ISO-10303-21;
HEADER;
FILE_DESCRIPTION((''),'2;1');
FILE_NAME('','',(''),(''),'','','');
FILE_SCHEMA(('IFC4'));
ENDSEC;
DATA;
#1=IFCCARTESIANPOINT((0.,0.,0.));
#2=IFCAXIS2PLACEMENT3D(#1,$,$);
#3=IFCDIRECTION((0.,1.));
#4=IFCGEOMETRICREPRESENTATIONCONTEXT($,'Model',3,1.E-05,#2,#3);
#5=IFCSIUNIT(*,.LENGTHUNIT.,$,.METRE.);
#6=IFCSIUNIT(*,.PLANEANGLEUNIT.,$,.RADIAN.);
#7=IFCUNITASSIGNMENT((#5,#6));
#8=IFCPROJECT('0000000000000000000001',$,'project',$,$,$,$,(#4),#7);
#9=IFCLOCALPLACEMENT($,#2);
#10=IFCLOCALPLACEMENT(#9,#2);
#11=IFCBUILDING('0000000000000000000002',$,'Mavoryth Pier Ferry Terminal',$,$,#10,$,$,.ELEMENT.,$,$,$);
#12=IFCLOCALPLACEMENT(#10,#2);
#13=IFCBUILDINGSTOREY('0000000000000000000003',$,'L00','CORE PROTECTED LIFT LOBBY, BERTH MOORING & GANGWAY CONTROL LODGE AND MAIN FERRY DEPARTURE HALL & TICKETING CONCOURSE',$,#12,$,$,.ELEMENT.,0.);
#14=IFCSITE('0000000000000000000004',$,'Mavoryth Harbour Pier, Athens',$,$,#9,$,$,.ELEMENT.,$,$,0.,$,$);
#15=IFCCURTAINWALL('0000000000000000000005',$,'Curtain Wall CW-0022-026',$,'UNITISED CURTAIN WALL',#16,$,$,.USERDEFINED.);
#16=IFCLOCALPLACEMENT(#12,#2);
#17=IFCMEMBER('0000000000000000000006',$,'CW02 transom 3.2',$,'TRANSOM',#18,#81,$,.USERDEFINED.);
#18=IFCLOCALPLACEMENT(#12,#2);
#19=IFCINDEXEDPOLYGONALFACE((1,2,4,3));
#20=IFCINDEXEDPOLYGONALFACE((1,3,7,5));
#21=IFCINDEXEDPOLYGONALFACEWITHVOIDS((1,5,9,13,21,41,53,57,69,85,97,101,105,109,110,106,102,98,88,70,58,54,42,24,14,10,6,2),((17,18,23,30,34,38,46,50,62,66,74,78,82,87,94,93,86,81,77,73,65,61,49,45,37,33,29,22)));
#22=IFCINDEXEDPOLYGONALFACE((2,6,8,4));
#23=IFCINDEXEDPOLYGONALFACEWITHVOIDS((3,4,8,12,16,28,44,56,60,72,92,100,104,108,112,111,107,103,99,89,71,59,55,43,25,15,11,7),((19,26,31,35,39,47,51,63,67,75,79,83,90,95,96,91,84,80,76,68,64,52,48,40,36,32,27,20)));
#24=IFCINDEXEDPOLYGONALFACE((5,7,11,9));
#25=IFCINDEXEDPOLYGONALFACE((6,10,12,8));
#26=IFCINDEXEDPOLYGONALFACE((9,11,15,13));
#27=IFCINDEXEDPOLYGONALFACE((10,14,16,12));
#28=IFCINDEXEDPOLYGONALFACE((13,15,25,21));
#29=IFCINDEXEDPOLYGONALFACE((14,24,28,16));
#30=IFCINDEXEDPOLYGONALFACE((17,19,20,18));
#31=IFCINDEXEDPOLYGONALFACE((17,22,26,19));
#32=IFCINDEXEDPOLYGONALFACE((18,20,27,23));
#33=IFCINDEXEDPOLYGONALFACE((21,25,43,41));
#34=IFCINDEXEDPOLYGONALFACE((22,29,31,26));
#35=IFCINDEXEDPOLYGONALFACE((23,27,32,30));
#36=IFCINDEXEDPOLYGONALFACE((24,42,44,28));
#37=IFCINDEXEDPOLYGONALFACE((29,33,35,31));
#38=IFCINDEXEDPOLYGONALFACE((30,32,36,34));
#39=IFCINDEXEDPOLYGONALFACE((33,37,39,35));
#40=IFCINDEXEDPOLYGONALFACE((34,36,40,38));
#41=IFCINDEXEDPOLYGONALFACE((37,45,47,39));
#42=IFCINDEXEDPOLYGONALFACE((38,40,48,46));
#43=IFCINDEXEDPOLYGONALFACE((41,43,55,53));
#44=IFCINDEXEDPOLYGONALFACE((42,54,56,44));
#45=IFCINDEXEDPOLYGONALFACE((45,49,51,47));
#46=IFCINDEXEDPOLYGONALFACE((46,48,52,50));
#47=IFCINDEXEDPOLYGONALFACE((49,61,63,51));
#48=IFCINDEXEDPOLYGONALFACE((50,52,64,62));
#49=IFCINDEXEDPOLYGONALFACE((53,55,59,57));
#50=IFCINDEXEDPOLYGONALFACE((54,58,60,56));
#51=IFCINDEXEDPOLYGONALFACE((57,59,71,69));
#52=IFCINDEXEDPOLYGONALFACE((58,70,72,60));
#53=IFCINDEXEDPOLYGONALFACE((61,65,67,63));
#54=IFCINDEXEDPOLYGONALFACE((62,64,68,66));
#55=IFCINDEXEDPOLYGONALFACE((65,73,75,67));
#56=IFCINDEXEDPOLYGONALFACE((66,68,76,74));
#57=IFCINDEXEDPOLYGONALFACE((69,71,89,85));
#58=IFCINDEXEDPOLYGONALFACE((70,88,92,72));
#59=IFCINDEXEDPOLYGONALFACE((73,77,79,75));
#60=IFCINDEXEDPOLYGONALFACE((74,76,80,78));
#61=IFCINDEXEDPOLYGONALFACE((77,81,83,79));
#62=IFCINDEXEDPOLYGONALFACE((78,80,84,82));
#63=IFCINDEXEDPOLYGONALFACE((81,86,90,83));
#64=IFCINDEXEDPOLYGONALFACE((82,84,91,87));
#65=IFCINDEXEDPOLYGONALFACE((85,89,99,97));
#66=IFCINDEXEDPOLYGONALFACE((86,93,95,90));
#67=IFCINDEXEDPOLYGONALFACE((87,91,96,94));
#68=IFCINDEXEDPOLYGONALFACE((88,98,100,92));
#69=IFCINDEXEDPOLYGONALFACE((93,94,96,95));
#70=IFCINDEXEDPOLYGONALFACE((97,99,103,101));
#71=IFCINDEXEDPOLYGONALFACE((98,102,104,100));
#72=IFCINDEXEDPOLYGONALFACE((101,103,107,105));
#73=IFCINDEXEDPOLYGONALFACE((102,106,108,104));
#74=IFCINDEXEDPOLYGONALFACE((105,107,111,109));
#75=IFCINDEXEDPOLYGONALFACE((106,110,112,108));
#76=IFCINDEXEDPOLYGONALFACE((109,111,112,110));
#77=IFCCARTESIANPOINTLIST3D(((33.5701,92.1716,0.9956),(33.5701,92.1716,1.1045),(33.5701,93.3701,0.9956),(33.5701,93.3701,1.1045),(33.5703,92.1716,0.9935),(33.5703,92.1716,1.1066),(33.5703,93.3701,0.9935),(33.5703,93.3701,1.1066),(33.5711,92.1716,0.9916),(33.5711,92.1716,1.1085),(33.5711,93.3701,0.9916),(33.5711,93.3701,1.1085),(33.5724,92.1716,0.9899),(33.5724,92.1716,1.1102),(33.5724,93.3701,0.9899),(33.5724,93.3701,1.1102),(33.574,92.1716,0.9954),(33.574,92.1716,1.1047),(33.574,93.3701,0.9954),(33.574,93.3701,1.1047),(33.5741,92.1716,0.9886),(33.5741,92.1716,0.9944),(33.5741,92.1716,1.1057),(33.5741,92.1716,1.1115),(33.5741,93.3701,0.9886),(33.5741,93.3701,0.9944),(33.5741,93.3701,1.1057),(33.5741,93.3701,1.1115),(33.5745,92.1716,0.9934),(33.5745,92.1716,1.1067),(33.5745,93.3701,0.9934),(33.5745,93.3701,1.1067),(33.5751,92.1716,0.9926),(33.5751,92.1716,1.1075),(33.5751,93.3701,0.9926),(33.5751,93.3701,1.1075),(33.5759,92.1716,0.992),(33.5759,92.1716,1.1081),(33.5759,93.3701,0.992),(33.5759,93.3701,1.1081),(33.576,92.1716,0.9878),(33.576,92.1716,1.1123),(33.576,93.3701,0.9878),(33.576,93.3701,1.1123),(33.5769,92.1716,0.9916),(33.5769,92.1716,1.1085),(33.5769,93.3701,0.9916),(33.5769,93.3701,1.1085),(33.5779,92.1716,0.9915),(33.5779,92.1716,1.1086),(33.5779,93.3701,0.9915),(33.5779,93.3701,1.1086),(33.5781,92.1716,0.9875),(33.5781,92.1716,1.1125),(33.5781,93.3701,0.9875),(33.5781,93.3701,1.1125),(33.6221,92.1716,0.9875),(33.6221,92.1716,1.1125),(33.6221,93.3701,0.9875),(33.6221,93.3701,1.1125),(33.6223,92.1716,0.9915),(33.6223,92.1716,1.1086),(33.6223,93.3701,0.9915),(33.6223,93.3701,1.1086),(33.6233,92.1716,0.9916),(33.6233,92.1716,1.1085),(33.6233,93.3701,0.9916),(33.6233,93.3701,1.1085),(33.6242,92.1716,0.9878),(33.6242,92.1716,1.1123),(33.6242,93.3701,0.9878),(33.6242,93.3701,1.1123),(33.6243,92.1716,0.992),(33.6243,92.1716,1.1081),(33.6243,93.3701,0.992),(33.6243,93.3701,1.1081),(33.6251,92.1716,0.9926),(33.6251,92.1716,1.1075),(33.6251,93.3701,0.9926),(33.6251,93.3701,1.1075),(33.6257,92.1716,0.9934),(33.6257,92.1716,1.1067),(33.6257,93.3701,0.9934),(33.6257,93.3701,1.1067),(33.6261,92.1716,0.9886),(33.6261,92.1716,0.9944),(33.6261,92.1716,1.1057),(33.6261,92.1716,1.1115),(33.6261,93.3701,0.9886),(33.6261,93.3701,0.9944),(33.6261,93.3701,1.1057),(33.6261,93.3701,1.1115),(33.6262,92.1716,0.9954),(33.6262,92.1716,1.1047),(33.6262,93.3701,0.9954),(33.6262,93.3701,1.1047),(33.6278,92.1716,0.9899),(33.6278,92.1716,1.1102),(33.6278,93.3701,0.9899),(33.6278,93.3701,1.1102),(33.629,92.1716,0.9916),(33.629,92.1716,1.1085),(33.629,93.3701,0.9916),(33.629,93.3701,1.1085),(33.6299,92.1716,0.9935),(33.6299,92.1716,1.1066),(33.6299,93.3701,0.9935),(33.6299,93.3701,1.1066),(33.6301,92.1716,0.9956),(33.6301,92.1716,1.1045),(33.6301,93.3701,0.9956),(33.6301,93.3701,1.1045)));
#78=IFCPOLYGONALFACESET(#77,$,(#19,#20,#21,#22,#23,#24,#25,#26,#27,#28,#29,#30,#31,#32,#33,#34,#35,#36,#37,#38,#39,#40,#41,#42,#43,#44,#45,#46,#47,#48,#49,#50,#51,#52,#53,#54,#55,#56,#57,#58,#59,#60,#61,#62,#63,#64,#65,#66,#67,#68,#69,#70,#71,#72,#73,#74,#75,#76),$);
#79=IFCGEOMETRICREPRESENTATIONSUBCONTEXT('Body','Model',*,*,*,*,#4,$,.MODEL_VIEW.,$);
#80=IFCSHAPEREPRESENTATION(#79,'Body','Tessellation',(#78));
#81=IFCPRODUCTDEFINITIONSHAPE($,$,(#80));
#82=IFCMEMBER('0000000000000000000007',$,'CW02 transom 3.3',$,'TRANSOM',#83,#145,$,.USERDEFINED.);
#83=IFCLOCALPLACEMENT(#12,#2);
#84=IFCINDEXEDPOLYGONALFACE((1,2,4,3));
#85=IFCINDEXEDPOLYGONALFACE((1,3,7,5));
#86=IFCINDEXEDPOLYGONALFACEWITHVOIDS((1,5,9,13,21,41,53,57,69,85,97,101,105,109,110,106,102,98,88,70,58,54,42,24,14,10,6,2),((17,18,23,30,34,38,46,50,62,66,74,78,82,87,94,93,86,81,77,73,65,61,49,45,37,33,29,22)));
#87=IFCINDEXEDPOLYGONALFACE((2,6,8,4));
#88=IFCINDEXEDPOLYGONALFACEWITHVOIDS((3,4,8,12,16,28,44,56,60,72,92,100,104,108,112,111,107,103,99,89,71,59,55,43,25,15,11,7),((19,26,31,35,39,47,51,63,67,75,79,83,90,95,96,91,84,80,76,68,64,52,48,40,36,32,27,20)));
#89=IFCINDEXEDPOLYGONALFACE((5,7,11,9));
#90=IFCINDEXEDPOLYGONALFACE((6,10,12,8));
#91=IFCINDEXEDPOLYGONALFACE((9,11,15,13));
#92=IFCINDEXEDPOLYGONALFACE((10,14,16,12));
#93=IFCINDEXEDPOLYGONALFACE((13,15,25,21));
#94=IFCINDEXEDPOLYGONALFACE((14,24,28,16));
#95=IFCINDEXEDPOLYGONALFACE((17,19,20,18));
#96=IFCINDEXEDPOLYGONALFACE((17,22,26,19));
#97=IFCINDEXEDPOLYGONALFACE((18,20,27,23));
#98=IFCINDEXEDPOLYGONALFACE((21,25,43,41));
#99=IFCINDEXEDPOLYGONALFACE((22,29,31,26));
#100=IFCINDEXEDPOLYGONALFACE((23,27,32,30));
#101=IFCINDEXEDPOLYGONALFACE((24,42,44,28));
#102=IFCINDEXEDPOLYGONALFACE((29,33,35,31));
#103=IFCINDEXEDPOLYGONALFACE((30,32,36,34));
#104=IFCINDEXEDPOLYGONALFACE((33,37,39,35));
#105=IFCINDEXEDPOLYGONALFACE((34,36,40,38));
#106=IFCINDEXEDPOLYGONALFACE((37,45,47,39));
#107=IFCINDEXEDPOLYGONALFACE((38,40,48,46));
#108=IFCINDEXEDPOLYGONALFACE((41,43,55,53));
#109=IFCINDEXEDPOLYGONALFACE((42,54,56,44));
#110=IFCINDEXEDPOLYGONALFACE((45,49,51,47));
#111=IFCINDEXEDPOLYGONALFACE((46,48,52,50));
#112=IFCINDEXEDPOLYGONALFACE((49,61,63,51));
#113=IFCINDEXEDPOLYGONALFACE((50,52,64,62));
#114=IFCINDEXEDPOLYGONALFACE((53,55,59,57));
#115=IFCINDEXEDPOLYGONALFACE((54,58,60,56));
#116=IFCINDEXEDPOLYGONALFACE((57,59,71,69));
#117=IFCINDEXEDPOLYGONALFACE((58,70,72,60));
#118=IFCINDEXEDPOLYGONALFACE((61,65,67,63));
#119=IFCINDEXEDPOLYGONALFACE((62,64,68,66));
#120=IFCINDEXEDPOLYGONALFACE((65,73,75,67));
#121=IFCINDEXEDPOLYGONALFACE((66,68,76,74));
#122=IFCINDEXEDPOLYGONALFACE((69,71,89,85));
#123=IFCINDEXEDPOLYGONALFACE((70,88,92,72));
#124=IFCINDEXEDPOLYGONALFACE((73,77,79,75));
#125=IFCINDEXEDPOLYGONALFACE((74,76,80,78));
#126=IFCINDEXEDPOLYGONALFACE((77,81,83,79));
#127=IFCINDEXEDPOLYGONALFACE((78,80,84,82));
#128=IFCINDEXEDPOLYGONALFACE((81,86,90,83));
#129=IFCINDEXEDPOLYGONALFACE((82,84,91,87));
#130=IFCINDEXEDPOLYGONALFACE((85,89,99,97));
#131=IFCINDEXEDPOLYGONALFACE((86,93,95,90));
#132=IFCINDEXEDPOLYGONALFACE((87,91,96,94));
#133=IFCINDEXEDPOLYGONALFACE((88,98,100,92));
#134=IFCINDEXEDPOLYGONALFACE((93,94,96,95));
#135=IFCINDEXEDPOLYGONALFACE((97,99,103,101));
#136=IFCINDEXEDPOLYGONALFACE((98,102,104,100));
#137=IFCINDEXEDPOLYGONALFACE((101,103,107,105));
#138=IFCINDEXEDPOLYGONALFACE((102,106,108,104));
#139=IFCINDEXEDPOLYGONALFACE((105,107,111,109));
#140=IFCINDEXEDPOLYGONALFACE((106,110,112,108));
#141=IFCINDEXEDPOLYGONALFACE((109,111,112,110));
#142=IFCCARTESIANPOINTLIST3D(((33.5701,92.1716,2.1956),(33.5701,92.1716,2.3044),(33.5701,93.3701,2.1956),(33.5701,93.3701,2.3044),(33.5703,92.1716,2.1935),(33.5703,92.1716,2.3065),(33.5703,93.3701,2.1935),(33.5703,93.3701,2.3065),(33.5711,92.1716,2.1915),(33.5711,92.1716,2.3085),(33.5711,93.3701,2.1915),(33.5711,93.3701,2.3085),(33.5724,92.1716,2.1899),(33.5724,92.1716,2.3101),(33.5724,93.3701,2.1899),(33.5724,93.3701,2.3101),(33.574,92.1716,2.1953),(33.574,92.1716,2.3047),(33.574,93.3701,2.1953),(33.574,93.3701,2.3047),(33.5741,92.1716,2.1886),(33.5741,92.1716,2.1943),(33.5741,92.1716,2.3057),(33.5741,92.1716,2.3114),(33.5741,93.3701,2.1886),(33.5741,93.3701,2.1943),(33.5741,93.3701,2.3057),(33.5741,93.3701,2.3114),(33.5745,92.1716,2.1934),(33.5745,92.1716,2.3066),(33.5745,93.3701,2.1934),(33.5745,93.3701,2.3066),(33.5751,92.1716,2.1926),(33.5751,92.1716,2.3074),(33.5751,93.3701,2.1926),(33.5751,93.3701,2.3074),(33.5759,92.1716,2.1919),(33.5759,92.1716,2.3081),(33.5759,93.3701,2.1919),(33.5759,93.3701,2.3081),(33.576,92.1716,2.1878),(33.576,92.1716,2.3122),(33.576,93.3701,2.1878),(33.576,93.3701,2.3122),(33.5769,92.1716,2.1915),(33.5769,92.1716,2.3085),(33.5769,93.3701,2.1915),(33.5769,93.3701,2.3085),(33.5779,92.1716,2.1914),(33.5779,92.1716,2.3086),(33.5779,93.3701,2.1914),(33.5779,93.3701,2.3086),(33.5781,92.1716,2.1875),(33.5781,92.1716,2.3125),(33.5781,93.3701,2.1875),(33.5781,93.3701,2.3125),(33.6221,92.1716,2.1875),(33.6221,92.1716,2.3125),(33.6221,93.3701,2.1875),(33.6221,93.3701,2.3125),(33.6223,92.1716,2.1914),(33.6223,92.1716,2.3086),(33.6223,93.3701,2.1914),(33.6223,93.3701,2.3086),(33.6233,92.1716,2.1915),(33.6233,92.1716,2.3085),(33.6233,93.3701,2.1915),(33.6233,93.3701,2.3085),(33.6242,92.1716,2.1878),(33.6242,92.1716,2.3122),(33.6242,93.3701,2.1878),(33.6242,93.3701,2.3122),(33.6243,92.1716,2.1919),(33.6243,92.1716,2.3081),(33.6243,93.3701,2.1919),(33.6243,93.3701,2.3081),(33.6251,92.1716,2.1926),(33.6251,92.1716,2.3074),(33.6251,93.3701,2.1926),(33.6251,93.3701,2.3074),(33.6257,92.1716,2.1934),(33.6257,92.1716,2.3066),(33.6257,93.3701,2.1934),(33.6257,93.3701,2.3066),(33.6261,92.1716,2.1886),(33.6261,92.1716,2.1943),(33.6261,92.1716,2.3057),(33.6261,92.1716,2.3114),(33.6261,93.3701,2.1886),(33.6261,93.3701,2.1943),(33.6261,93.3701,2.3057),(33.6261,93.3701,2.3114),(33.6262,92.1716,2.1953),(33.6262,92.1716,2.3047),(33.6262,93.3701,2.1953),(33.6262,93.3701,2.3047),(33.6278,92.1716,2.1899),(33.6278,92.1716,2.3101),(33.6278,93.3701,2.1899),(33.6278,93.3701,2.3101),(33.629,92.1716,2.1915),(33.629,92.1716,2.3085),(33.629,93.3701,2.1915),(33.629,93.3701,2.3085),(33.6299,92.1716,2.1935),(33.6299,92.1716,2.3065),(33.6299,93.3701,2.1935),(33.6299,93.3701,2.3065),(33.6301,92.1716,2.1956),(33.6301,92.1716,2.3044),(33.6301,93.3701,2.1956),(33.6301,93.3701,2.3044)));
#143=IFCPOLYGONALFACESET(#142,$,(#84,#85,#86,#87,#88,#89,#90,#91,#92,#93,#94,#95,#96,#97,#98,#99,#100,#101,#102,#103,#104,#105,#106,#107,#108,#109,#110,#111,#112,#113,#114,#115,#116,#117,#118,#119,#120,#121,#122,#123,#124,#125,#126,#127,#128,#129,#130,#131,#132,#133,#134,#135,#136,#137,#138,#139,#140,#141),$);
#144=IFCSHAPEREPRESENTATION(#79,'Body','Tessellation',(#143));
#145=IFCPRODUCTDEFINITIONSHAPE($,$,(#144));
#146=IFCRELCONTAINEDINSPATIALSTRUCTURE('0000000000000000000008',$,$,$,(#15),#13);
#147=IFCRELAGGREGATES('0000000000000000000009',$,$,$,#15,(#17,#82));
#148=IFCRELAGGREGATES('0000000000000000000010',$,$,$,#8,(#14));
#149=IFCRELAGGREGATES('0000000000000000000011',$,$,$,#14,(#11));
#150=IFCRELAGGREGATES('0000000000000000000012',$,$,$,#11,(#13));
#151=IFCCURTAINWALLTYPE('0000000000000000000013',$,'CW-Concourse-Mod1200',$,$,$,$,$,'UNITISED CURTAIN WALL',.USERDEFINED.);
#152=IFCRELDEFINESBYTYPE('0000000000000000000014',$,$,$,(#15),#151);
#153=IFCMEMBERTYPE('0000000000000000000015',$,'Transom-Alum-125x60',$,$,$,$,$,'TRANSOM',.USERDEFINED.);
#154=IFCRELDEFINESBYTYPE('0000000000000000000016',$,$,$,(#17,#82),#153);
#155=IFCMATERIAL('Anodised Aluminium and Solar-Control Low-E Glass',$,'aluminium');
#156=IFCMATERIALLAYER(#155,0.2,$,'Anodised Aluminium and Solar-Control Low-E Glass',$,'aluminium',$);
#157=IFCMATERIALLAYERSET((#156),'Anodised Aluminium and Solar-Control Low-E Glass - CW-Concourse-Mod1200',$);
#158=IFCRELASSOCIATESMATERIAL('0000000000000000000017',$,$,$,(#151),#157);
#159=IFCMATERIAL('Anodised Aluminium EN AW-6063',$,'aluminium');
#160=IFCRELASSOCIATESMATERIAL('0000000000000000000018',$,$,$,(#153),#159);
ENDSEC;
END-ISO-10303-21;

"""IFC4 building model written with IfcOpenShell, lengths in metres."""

from ifc_helpers import new_model, si_unit, direction, frame, origin, origin_2d, place, context, subcontext, project, spatial, hollow_rectangle, extrude, material, layer, layer_set, material_profile, profile_set, type_object, element, aggregate, save


model = new_model("IFC4")

# Units and contexts
model_context = context("Model", 3, precision=1e-05, world=origin(), true_north=direction((0.0, 1.0)))
body_context = subcontext(model_context, "Body", "Model", "MODEL_VIEW")
ifc_project = project(units=[si_unit("LENGTHUNIT", "METRE"), si_unit("PLANEANGLEUNIT", "RADIAN")], contexts=[model_context])

# Site, building, storey
site_placement = place(None, origin())
site = spatial("IfcSite", under=ifc_project, at=site_placement, Name="Mavoryth Harbour Pier, Athens", CompositionType="ELEMENT", RefElevation=0.0)
building_placement = place(site_placement, origin())
building = spatial("IfcBuilding", under=site, at=building_placement, Name="Mavoryth Pier Ferry Terminal", CompositionType="ELEMENT")
storey_placement = place(building_placement, origin())
storey = spatial("IfcBuildingStorey", under=building, at=storey_placement, Name="L00", Description="CORE PROTECTED LIFT LOBBY, BERTH MOORING & GANGWAY CONTROL LODGE AND MAIN FERRY DEPARTURE HALL & TICKETING CONCOURSE", CompositionType="ELEMENT", Elevation=0.0)

# Curtain wall, members
ifc_material_1 = material(Name="Anodised Aluminium and Solar-Control Low-E Glass", Category="aluminium")
ifc_layer_1 = layer(ifc_material_1, 0.2, Name="Anodised Aluminium and Solar-Control Low-E Glass", Category="aluminium")
ifc_layer_set_1 = layer_set([ifc_layer_1], Name="Anodised Aluminium and Solar-Control Low-E Glass - CW-Concourse-Mod1200")
curtain_wall_type = type_object("IfcCurtainWallType", Name="CW-Concourse-Mod1200", ElementType="UNITISED CURTAIN WALL", PredefinedType="USERDEFINED", material=ifc_layer_set_1)
curtain_wall_placement = place(storey_placement, origin())
curtain_wall = element("IfcCurtainWall", 1, at=curtain_wall_placement, inside=storey, type_object=curtain_wall_type, Name="Curtain Wall CW-0022-026", ObjectType="UNITISED CURTAIN WALL", PredefinedType="USERDEFINED")
ifc_material_2 = material(Name="Anodised Aluminium EN AW-6063", Category="aluminium")
ifc_material_profile_1 = material_profile(ifc_material_2, hollow_rectangle(XDim=0.0601, YDim=0.125, WallThickness=0.0039, InnerFilletRadius=0.0039, OuterFilletRadius=0.0081, at=origin_2d()), Name="AL-TRAN 125x60x4", Category="aluminium")
ifc_profile_set_1 = profile_set([ifc_material_profile_1], Name="Anodised Aluminium EN AW-6063 - AL-TRAN 125x60x4")
member_type_1 = type_object("IfcMemberType", Name="Transom-Alum-125x60", ElementType="TRANSOM", PredefinedType="USERDEFINED", material=ifc_profile_set_1)
member_1_placement = place(storey_placement, frame((33.6001, 92.1716, 1.05), z_axis=(0.0, 1.0, 0.0), x_axis=(-1.0, 0.0, 0.0)))
member_1 = element("IfcMember", 2, at=member_1_placement, type_object=member_type_1, Name="CW02 transom 3.2", ObjectType="TRANSOM", PredefinedType="USERDEFINED", context=body_context, shape_type="SweptSolid", body=[
    extrude(hollow_rectangle(XDim=0.0601, YDim=0.125, WallThickness=0.0039, InnerFilletRadius=0.0039, OuterFilletRadius=0.0081, at=origin_2d()), origin(), (0.0, 0.0, 1.0), 1.1985),
])
member_2_placement = place(storey_placement, frame((33.6001, 92.1716, 2.25), z_axis=(0.0, 1.0, 0.0), x_axis=(-1.0, 0.0, 0.0)))
member_2 = element("IfcMember", 3, at=member_2_placement, type_object=member_type_1, Name="CW02 transom 3.3", ObjectType="TRANSOM", PredefinedType="USERDEFINED", context=body_context, shape_type="SweptSolid", body=[
    extrude(hollow_rectangle(XDim=0.0601, YDim=0.125, WallThickness=0.0039, InnerFilletRadius=0.0039, OuterFilletRadius=0.0081, at=origin_2d()), origin(), (0.0, 0.0, 1.0), 1.1985),
])
aggregate(curtain_wall, [member_1, member_2])

save(model, "model.ifc")
